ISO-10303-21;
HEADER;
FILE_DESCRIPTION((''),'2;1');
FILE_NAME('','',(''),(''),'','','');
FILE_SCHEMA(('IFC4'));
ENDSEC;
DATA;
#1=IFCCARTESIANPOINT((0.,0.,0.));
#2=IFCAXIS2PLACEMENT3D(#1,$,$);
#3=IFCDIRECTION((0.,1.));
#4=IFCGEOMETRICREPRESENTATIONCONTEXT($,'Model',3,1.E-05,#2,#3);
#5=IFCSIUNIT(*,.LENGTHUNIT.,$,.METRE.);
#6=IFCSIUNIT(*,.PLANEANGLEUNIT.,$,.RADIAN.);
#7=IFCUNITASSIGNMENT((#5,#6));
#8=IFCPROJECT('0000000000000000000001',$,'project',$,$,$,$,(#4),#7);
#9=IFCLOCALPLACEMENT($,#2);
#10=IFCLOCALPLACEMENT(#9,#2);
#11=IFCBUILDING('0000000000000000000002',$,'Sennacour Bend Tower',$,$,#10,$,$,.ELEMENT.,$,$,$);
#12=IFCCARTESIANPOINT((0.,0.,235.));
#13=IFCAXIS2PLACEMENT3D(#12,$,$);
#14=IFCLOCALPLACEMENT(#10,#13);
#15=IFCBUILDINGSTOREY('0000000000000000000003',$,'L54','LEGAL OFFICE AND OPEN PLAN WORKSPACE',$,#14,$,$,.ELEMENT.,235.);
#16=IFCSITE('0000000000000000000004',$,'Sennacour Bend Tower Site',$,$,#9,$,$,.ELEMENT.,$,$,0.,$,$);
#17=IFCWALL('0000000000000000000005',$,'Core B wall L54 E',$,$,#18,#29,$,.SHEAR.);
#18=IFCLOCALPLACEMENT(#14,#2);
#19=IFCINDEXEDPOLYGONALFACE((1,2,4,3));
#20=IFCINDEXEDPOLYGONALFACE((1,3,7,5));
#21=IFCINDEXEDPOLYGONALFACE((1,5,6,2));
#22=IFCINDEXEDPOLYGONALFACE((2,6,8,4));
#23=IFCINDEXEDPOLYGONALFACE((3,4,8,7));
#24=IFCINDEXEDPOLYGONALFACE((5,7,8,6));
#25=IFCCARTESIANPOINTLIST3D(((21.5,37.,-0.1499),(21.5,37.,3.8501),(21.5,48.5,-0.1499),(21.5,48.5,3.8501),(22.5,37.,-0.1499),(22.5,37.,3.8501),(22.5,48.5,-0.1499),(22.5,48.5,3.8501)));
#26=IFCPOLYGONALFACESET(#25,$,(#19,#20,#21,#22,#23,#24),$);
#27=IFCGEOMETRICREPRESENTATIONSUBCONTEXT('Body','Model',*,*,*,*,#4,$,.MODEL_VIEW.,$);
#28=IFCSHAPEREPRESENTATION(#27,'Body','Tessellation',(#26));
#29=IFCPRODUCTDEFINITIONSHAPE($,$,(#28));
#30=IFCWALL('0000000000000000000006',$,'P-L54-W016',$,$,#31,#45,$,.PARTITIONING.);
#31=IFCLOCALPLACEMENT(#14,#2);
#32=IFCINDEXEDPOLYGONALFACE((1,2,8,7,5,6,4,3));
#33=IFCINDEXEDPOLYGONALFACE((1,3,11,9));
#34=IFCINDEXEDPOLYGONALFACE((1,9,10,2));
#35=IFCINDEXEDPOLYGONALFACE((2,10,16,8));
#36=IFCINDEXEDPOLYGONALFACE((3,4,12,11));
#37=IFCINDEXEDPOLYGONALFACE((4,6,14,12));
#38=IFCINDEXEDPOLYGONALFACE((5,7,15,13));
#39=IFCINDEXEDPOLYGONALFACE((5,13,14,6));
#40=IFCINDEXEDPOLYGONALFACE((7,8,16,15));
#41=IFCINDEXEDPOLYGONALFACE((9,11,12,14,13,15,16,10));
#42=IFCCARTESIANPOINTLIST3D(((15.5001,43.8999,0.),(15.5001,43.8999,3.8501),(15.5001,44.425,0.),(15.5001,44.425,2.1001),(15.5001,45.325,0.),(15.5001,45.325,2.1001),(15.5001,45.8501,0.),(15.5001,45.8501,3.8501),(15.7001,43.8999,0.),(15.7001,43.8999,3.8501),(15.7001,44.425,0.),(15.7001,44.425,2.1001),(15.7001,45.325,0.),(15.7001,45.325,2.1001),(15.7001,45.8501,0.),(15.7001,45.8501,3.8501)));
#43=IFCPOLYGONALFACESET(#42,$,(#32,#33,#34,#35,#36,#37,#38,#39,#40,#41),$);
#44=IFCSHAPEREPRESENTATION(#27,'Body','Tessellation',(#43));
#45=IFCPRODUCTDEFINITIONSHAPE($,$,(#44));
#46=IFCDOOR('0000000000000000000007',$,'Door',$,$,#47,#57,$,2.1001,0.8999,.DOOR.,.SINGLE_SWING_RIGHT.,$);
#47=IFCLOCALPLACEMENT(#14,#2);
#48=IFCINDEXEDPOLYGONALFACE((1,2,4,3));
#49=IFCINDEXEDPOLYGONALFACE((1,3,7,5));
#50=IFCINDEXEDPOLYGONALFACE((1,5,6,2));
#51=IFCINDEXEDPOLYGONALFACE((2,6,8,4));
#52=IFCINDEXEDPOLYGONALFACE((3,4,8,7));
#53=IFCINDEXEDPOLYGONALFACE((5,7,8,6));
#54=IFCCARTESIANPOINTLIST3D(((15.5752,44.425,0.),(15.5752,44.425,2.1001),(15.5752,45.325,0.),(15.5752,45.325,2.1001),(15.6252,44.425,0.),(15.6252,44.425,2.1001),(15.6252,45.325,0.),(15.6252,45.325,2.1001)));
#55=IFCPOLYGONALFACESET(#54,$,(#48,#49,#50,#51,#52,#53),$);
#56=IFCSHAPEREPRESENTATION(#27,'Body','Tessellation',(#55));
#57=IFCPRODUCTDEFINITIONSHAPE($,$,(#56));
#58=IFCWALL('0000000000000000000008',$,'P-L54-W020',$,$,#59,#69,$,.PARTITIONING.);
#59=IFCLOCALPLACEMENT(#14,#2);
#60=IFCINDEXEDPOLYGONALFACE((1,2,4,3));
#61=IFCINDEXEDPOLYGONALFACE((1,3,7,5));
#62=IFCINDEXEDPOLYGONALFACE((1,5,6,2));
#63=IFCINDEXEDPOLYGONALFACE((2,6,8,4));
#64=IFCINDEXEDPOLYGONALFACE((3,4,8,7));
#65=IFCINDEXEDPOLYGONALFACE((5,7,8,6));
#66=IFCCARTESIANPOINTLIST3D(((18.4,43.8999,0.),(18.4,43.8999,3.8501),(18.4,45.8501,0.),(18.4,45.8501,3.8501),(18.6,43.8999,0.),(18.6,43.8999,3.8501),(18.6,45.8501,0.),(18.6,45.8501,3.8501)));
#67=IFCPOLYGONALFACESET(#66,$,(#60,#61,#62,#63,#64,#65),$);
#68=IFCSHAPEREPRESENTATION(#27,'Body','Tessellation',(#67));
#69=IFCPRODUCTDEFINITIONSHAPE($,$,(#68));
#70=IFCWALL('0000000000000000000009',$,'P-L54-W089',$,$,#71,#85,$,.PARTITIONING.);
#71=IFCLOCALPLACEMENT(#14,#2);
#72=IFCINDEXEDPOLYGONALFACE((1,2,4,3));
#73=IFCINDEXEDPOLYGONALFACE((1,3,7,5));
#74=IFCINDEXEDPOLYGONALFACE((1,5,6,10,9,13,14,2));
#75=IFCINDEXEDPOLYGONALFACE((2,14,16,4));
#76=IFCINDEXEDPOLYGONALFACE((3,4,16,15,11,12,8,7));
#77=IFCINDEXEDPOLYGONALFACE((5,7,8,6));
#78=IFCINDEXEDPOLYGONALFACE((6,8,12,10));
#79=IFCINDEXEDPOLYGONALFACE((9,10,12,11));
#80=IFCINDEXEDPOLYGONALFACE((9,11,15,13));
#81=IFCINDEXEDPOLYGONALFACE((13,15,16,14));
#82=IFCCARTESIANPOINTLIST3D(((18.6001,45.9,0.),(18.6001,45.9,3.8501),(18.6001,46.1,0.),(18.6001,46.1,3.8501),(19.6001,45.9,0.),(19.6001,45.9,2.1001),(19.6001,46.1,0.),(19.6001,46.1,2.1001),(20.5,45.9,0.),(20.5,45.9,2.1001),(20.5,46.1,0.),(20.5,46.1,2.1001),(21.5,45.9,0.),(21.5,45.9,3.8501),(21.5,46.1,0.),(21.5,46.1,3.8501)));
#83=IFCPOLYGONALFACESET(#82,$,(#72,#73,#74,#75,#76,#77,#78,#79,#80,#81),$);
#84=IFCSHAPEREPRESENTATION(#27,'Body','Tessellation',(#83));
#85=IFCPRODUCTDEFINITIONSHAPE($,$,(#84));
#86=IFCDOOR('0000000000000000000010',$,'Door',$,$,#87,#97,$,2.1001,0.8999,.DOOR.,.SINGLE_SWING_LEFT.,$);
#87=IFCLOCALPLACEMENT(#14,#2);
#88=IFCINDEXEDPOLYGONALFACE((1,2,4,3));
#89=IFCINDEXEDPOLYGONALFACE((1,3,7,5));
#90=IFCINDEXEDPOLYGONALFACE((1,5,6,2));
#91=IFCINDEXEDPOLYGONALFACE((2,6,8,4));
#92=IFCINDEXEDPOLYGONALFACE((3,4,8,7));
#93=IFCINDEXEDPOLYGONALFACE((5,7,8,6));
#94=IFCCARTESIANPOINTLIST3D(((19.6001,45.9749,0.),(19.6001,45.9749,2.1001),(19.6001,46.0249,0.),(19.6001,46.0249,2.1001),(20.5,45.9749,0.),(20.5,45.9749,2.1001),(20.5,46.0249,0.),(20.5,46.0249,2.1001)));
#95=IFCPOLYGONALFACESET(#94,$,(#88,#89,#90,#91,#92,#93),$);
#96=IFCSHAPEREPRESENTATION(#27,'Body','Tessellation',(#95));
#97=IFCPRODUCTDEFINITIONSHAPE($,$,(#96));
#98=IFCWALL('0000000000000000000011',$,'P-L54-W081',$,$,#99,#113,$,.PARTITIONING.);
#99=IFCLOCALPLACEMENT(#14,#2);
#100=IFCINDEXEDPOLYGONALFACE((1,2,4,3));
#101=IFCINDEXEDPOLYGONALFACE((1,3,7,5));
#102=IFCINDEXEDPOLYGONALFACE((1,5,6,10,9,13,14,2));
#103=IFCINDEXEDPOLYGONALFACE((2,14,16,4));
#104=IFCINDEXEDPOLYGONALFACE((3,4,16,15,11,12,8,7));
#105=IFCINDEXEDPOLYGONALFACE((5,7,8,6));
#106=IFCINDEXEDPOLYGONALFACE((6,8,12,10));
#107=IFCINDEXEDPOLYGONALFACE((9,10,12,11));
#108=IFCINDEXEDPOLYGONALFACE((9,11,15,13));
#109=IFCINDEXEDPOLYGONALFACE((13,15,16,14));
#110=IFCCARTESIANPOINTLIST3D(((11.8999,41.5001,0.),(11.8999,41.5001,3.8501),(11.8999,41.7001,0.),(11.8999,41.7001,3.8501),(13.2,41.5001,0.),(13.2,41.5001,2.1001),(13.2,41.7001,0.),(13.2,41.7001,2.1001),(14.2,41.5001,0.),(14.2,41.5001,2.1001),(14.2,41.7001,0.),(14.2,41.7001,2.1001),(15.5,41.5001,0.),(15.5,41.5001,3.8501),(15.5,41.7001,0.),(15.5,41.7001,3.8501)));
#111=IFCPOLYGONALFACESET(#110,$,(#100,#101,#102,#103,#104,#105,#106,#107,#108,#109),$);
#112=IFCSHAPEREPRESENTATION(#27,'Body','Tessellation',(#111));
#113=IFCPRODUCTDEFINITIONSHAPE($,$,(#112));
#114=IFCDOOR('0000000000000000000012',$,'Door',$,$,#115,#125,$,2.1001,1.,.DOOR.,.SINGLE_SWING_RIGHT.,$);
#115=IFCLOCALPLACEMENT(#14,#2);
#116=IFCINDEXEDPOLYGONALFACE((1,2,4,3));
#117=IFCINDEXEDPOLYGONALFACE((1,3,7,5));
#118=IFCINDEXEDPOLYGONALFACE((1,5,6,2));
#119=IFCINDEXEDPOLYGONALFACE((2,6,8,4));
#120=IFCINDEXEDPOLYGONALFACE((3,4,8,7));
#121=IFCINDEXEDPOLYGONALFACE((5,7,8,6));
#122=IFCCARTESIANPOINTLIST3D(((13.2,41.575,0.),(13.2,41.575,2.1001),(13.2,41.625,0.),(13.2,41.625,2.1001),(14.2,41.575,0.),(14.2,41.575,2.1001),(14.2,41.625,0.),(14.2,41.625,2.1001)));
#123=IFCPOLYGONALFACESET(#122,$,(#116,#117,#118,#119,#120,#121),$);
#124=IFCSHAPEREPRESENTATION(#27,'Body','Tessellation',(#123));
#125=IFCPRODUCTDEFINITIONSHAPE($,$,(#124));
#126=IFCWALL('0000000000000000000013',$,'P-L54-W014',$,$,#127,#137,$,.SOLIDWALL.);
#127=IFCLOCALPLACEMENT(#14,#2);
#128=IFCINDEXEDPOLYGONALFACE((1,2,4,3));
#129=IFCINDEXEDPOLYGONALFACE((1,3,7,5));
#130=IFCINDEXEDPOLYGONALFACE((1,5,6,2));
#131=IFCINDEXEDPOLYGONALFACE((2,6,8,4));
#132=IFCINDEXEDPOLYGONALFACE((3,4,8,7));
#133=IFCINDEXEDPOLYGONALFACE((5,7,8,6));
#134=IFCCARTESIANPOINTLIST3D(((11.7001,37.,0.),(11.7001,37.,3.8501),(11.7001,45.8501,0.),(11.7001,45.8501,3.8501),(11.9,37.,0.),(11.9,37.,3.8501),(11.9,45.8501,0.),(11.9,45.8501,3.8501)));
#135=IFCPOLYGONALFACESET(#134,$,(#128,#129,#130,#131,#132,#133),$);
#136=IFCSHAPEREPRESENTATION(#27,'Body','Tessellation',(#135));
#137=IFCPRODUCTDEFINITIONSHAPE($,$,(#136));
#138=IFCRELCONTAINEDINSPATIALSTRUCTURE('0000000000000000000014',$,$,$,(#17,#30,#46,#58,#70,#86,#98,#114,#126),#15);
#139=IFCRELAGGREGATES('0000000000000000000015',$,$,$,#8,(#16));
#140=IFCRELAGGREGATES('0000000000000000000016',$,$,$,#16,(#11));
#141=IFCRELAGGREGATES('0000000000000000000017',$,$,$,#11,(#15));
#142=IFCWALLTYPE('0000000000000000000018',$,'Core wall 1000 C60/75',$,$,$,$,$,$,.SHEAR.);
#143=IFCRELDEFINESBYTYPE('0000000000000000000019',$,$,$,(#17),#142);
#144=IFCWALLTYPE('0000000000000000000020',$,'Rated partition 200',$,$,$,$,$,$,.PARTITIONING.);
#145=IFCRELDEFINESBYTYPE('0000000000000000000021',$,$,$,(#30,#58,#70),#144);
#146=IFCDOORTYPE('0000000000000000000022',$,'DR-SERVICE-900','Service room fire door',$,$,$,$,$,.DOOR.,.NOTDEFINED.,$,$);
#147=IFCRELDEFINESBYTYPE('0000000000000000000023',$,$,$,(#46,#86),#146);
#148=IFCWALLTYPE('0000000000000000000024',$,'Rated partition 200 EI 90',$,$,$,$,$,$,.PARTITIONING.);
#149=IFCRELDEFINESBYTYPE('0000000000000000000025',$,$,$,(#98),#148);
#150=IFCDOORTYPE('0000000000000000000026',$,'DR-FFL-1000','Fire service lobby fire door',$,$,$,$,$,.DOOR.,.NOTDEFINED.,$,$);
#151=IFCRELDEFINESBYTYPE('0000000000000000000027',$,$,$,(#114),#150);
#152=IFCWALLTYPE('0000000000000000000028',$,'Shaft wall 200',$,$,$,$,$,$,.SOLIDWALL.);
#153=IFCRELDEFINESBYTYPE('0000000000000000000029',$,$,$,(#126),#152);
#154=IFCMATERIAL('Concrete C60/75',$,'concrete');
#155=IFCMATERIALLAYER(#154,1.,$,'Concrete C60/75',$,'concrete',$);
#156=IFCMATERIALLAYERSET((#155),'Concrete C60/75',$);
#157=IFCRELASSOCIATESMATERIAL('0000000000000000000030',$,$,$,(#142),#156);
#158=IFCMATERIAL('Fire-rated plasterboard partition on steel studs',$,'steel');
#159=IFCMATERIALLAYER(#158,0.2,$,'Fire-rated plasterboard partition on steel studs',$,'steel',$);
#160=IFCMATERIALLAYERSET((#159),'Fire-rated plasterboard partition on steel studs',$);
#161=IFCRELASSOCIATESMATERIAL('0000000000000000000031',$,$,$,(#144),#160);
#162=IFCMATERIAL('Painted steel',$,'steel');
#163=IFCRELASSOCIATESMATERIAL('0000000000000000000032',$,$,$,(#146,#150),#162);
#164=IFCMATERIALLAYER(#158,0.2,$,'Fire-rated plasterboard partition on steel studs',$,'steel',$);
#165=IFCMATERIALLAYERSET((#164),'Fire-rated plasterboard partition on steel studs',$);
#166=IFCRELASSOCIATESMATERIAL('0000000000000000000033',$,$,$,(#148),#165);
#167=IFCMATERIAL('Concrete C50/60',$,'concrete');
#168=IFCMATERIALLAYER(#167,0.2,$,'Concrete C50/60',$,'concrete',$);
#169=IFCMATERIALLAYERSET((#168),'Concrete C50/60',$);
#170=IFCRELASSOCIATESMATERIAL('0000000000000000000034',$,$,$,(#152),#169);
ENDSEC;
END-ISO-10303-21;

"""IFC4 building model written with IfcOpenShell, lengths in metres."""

from ifc_helpers import new_model, si_unit, direction, frame, frame_2d, origin, place, context, subcontext, project, spatial, rectangle, extrude, material, layer, layer_set, type_object, element, fill, save


model = new_model("IFC4")

# Units and contexts
model_context = context("Model", 3, precision=1e-05, world=origin(), true_north=direction((0.0, 1.0)))
body_context = subcontext(model_context, "Body", "Model", "MODEL_VIEW")
ifc_project = project(units=[si_unit("LENGTHUNIT", "METRE"), si_unit("PLANEANGLEUNIT", "RADIAN")], contexts=[model_context])

# Site, building, storey
site_placement = place(None, origin())
site = spatial("IfcSite", under=ifc_project, at=site_placement, Name="Sennacour Bend Tower Site", CompositionType="ELEMENT", RefElevation=0.0)
building_placement = place(site_placement, origin())
building = spatial("IfcBuilding", under=site, at=building_placement, Name="Sennacour Bend Tower", CompositionType="ELEMENT")
storey_placement = place(building_placement, frame((0.0, 0.0, 235.0)))
storey = spatial("IfcBuildingStorey", under=building, at=storey_placement, Name="L54", Description="LEGAL OFFICE AND OPEN PLAN WORKSPACE", CompositionType="ELEMENT", Elevation=235.0)

# Wall
ifc_material_1 = material(Name="Concrete C60/75", Category="concrete")
ifc_layer_1 = layer(ifc_material_1, 1.0, Name="Concrete C60/75", Category="concrete")
ifc_layer_set_1 = layer_set([ifc_layer_1], Name="Concrete C60/75")
wall_type_1 = type_object("IfcWallType", Name="Core wall 1000 C60/75", PredefinedType="SHEAR", material=ifc_layer_set_1)
wall_1_placement = place(storey_placement, frame((22.0, 37.0, -0.1499), z_axis=(0.0, 0.0, 1.0), x_axis=(0.0, 1.0, 0.0)))
element("IfcWall", 1, at=wall_1_placement, inside=storey, type_object=wall_type_1, Name="Core B wall L54 E", PredefinedType="SHEAR", context=body_context, shape_type="SweptSolid", body=[
    extrude(rectangle(XDim=11.5, YDim=1.0, at=frame_2d((5.75, 0.0))), origin(), (0.0, 0.0, 1.0), 4.0),
])

# Wall, opening, door
ifc_material_2 = material(Name="Fire-rated plasterboard partition on steel studs", Category="steel")
ifc_layer_2 = layer(ifc_material_2, 0.2, Name="Fire-rated plasterboard partition on steel studs", Category="steel")
ifc_layer_set_2 = layer_set([ifc_layer_2], Name="Fire-rated plasterboard partition on steel studs")
wall_type_2 = type_object("IfcWallType", Name="Rated partition 200", PredefinedType="PARTITIONING", material=ifc_layer_set_2)
wall_2_placement = place(storey_placement, frame((15.6001, 43.8999, 0.0), z_axis=(0.0, 0.0, 1.0), x_axis=(0.0, 1.0, 0.0)))
wall_2 = element("IfcWall", 2, at=wall_2_placement, inside=storey, type_object=wall_type_2, Name="P-L54-W016", PredefinedType="PARTITIONING", context=body_context, shape_type="SweptSolid", body=[
    extrude(rectangle(XDim=1.9502, YDim=0.2, at=frame_2d((0.9751, 0.0))), origin(), (0.0, 0.0, 1.0), 3.8501),
])
opening_1_placement = place(wall_2_placement, frame((0.5251, 0.0, 0.0)))
opening_1 = element("IfcOpeningElement", 3, at=opening_1_placement, cuts=wall_2, PredefinedType="OPENING", context=body_context, shape_type="SweptSolid", body=[
    extrude(rectangle(XDim=0.8999, YDim=2.1001, at=frame_2d((0.45, 1.05))), frame((0.0, 0.1099, 0.0), z_axis=(0.0, -1.0, 0.0), x_axis=(1.0, 0.0, 0.0)), (0.0, 0.0, 1.0), 0.22),
])
ifc_material_3 = material(Name="Painted steel", Category="steel")
door_type_1 = type_object("IfcDoorType", Name="DR-SERVICE-900", Description="Service room fire door", OperationType="NOTDEFINED", PredefinedType="DOOR", material=ifc_material_3)
door_1_placement = place(opening_1_placement, origin())
door_1 = element("IfcDoor", 4, at=door_1_placement, inside=storey, type_object=door_type_1, Name="Door", OperationType="SINGLE_SWING_RIGHT", OverallHeight=2.1001, OverallWidth=0.8999, PredefinedType="DOOR", context=body_context, shape_type="SweptSolid", body=[
    extrude(rectangle(XDim=0.8999, YDim=2.1001, at=frame_2d((0.45, 1.05))), frame((0.0, 0.0249, 0.0), z_axis=(0.0, -1.0, 0.0), x_axis=(1.0, 0.0, 0.0)), (0.0, 0.0, 1.0), 0.05),
])
fill(opening_1, door_1)

# Wall
wall_3_placement = place(storey_placement, frame((18.5, 43.8999, 0.0), z_axis=(0.0, 0.0, 1.0), x_axis=(0.0, 1.0, 0.0)))
element("IfcWall", 5, at=wall_3_placement, inside=storey, type_object=wall_type_2, Name="P-L54-W020", PredefinedType="PARTITIONING", context=body_context, shape_type="SweptSolid", body=[
    extrude(rectangle(XDim=1.9502, YDim=0.2, at=frame_2d((0.9751, 0.0))), origin(), (0.0, 0.0, 1.0), 3.8501),
])

# Walls, openings, doors
wall_4_placement = place(storey_placement, frame((18.6001, 46.0, 0.0), z_axis=(0.0, 0.0, 1.0), x_axis=(1.0, 0.0, 0.0)))
wall_4 = element("IfcWall", 6, at=wall_4_placement, inside=storey, type_object=wall_type_2, Name="P-L54-W089", PredefinedType="PARTITIONING", context=body_context, shape_type="SweptSolid", body=[
    extrude(rectangle(XDim=2.8999, YDim=0.2, at=frame_2d((1.45, 0.0))), origin(), (0.0, 0.0, 1.0), 3.8501),
])
opening_2_placement = place(wall_4_placement, frame((1.0, 0.0, 0.0)))
opening_2 = element("IfcOpeningElement", 7, at=opening_2_placement, cuts=wall_4, PredefinedType="OPENING", context=body_context, shape_type="SweptSolid", body=[
    extrude(rectangle(XDim=0.8999, YDim=2.1001, at=frame_2d((0.45, 1.05))), frame((0.0, 0.1099, 0.0), z_axis=(0.0, -1.0, 0.0), x_axis=(1.0, 0.0, 0.0)), (0.0, 0.0, 1.0), 0.22),
])
door_2_placement = place(opening_2_placement, origin())
door_2 = element("IfcDoor", 8, at=door_2_placement, inside=storey, type_object=door_type_1, Name="Door", OperationType="SINGLE_SWING_LEFT", OverallHeight=2.1001, OverallWidth=0.8999, PredefinedType="DOOR", context=body_context, shape_type="SweptSolid", body=[
    extrude(rectangle(XDim=0.8999, YDim=2.1001, at=frame_2d((0.45, 1.05))), frame((0.0, 0.0249, 0.0), z_axis=(0.0, -1.0, 0.0), x_axis=(1.0, 0.0, 0.0)), (0.0, 0.0, 1.0), 0.05),
])
fill(opening_2, door_2)
ifc_layer_3 = layer(ifc_material_2, 0.2, Name="Fire-rated plasterboard partition on steel studs", Category="steel")
ifc_layer_set_3 = layer_set([ifc_layer_3], Name="Fire-rated plasterboard partition on steel studs")
wall_type_3 = type_object("IfcWallType", Name="Rated partition 200 EI 90", PredefinedType="PARTITIONING", material=ifc_layer_set_3)
wall_5_placement = place(storey_placement, frame((11.8999, 41.6001, 0.0), z_axis=(0.0, 0.0, 1.0), x_axis=(1.0, 0.0, 0.0)))
wall_5 = element("IfcWall", 9, at=wall_5_placement, inside=storey, type_object=wall_type_3, Name="P-L54-W081", PredefinedType="PARTITIONING", context=body_context, shape_type="SweptSolid", body=[
    extrude(rectangle(XDim=3.6001, YDim=0.2, at=frame_2d((1.8, 0.0))), origin(), (0.0, 0.0, 1.0), 3.8501),
])
opening_3_placement = place(wall_5_placement, frame((1.3, 0.0, 0.0)))
opening_3 = element("IfcOpeningElement", 10, at=opening_3_placement, cuts=wall_5, PredefinedType="OPENING", context=body_context, shape_type="SweptSolid", body=[
    extrude(rectangle(XDim=1.0, YDim=2.1001, at=frame_2d((0.5, 1.05))), frame((0.0, 0.1099, 0.0), z_axis=(0.0, -1.0, 0.0), x_axis=(1.0, 0.0, 0.0)), (0.0, 0.0, 1.0), 0.22),
])
door_type_2 = type_object("IfcDoorType", Name="DR-FFL-1000", Description="Fire service lobby fire door", OperationType="NOTDEFINED", PredefinedType="DOOR", material=ifc_material_3)
door_3_placement = place(opening_3_placement, origin())
door_3 = element("IfcDoor", 11, at=door_3_placement, inside=storey, type_object=door_type_2, Name="Door", OperationType="SINGLE_SWING_RIGHT", OverallHeight=2.1001, OverallWidth=1.0, PredefinedType="DOOR", context=body_context, shape_type="SweptSolid", body=[
    extrude(rectangle(XDim=1.0, YDim=2.1001, at=frame_2d((0.5, 1.05))), frame((0.0, 0.0249, 0.0), z_axis=(0.0, -1.0, 0.0), x_axis=(1.0, 0.0, 0.0)), (0.0, 0.0, 1.0), 0.05),
])
fill(opening_3, door_3)

# Wall
ifc_material_4 = material(Name="Concrete C50/60", Category="concrete")
ifc_layer_4 = layer(ifc_material_4, 0.2, Name="Concrete C50/60", Category="concrete")
ifc_layer_set_4 = layer_set([ifc_layer_4], Name="Concrete C50/60")
wall_type_4 = type_object("IfcWallType", Name="Shaft wall 200", PredefinedType="SOLIDWALL", material=ifc_layer_set_4)
wall_6_placement = place(storey_placement, frame((11.8, 37.0, 0.0), z_axis=(0.0, 0.0, 1.0), x_axis=(0.0, 1.0, 0.0)))
element("IfcWall", 12, at=wall_6_placement, inside=storey, type_object=wall_type_4, Name="P-L54-W014", PredefinedType="SOLIDWALL", context=body_context, shape_type="SweptSolid", body=[
    extrude(rectangle(XDim=8.8501, YDim=0.2, at=frame_2d((4.425, 0.0))), origin(), (0.0, 0.0, 1.0), 3.8501),
])

save(model, "model.ifc")
